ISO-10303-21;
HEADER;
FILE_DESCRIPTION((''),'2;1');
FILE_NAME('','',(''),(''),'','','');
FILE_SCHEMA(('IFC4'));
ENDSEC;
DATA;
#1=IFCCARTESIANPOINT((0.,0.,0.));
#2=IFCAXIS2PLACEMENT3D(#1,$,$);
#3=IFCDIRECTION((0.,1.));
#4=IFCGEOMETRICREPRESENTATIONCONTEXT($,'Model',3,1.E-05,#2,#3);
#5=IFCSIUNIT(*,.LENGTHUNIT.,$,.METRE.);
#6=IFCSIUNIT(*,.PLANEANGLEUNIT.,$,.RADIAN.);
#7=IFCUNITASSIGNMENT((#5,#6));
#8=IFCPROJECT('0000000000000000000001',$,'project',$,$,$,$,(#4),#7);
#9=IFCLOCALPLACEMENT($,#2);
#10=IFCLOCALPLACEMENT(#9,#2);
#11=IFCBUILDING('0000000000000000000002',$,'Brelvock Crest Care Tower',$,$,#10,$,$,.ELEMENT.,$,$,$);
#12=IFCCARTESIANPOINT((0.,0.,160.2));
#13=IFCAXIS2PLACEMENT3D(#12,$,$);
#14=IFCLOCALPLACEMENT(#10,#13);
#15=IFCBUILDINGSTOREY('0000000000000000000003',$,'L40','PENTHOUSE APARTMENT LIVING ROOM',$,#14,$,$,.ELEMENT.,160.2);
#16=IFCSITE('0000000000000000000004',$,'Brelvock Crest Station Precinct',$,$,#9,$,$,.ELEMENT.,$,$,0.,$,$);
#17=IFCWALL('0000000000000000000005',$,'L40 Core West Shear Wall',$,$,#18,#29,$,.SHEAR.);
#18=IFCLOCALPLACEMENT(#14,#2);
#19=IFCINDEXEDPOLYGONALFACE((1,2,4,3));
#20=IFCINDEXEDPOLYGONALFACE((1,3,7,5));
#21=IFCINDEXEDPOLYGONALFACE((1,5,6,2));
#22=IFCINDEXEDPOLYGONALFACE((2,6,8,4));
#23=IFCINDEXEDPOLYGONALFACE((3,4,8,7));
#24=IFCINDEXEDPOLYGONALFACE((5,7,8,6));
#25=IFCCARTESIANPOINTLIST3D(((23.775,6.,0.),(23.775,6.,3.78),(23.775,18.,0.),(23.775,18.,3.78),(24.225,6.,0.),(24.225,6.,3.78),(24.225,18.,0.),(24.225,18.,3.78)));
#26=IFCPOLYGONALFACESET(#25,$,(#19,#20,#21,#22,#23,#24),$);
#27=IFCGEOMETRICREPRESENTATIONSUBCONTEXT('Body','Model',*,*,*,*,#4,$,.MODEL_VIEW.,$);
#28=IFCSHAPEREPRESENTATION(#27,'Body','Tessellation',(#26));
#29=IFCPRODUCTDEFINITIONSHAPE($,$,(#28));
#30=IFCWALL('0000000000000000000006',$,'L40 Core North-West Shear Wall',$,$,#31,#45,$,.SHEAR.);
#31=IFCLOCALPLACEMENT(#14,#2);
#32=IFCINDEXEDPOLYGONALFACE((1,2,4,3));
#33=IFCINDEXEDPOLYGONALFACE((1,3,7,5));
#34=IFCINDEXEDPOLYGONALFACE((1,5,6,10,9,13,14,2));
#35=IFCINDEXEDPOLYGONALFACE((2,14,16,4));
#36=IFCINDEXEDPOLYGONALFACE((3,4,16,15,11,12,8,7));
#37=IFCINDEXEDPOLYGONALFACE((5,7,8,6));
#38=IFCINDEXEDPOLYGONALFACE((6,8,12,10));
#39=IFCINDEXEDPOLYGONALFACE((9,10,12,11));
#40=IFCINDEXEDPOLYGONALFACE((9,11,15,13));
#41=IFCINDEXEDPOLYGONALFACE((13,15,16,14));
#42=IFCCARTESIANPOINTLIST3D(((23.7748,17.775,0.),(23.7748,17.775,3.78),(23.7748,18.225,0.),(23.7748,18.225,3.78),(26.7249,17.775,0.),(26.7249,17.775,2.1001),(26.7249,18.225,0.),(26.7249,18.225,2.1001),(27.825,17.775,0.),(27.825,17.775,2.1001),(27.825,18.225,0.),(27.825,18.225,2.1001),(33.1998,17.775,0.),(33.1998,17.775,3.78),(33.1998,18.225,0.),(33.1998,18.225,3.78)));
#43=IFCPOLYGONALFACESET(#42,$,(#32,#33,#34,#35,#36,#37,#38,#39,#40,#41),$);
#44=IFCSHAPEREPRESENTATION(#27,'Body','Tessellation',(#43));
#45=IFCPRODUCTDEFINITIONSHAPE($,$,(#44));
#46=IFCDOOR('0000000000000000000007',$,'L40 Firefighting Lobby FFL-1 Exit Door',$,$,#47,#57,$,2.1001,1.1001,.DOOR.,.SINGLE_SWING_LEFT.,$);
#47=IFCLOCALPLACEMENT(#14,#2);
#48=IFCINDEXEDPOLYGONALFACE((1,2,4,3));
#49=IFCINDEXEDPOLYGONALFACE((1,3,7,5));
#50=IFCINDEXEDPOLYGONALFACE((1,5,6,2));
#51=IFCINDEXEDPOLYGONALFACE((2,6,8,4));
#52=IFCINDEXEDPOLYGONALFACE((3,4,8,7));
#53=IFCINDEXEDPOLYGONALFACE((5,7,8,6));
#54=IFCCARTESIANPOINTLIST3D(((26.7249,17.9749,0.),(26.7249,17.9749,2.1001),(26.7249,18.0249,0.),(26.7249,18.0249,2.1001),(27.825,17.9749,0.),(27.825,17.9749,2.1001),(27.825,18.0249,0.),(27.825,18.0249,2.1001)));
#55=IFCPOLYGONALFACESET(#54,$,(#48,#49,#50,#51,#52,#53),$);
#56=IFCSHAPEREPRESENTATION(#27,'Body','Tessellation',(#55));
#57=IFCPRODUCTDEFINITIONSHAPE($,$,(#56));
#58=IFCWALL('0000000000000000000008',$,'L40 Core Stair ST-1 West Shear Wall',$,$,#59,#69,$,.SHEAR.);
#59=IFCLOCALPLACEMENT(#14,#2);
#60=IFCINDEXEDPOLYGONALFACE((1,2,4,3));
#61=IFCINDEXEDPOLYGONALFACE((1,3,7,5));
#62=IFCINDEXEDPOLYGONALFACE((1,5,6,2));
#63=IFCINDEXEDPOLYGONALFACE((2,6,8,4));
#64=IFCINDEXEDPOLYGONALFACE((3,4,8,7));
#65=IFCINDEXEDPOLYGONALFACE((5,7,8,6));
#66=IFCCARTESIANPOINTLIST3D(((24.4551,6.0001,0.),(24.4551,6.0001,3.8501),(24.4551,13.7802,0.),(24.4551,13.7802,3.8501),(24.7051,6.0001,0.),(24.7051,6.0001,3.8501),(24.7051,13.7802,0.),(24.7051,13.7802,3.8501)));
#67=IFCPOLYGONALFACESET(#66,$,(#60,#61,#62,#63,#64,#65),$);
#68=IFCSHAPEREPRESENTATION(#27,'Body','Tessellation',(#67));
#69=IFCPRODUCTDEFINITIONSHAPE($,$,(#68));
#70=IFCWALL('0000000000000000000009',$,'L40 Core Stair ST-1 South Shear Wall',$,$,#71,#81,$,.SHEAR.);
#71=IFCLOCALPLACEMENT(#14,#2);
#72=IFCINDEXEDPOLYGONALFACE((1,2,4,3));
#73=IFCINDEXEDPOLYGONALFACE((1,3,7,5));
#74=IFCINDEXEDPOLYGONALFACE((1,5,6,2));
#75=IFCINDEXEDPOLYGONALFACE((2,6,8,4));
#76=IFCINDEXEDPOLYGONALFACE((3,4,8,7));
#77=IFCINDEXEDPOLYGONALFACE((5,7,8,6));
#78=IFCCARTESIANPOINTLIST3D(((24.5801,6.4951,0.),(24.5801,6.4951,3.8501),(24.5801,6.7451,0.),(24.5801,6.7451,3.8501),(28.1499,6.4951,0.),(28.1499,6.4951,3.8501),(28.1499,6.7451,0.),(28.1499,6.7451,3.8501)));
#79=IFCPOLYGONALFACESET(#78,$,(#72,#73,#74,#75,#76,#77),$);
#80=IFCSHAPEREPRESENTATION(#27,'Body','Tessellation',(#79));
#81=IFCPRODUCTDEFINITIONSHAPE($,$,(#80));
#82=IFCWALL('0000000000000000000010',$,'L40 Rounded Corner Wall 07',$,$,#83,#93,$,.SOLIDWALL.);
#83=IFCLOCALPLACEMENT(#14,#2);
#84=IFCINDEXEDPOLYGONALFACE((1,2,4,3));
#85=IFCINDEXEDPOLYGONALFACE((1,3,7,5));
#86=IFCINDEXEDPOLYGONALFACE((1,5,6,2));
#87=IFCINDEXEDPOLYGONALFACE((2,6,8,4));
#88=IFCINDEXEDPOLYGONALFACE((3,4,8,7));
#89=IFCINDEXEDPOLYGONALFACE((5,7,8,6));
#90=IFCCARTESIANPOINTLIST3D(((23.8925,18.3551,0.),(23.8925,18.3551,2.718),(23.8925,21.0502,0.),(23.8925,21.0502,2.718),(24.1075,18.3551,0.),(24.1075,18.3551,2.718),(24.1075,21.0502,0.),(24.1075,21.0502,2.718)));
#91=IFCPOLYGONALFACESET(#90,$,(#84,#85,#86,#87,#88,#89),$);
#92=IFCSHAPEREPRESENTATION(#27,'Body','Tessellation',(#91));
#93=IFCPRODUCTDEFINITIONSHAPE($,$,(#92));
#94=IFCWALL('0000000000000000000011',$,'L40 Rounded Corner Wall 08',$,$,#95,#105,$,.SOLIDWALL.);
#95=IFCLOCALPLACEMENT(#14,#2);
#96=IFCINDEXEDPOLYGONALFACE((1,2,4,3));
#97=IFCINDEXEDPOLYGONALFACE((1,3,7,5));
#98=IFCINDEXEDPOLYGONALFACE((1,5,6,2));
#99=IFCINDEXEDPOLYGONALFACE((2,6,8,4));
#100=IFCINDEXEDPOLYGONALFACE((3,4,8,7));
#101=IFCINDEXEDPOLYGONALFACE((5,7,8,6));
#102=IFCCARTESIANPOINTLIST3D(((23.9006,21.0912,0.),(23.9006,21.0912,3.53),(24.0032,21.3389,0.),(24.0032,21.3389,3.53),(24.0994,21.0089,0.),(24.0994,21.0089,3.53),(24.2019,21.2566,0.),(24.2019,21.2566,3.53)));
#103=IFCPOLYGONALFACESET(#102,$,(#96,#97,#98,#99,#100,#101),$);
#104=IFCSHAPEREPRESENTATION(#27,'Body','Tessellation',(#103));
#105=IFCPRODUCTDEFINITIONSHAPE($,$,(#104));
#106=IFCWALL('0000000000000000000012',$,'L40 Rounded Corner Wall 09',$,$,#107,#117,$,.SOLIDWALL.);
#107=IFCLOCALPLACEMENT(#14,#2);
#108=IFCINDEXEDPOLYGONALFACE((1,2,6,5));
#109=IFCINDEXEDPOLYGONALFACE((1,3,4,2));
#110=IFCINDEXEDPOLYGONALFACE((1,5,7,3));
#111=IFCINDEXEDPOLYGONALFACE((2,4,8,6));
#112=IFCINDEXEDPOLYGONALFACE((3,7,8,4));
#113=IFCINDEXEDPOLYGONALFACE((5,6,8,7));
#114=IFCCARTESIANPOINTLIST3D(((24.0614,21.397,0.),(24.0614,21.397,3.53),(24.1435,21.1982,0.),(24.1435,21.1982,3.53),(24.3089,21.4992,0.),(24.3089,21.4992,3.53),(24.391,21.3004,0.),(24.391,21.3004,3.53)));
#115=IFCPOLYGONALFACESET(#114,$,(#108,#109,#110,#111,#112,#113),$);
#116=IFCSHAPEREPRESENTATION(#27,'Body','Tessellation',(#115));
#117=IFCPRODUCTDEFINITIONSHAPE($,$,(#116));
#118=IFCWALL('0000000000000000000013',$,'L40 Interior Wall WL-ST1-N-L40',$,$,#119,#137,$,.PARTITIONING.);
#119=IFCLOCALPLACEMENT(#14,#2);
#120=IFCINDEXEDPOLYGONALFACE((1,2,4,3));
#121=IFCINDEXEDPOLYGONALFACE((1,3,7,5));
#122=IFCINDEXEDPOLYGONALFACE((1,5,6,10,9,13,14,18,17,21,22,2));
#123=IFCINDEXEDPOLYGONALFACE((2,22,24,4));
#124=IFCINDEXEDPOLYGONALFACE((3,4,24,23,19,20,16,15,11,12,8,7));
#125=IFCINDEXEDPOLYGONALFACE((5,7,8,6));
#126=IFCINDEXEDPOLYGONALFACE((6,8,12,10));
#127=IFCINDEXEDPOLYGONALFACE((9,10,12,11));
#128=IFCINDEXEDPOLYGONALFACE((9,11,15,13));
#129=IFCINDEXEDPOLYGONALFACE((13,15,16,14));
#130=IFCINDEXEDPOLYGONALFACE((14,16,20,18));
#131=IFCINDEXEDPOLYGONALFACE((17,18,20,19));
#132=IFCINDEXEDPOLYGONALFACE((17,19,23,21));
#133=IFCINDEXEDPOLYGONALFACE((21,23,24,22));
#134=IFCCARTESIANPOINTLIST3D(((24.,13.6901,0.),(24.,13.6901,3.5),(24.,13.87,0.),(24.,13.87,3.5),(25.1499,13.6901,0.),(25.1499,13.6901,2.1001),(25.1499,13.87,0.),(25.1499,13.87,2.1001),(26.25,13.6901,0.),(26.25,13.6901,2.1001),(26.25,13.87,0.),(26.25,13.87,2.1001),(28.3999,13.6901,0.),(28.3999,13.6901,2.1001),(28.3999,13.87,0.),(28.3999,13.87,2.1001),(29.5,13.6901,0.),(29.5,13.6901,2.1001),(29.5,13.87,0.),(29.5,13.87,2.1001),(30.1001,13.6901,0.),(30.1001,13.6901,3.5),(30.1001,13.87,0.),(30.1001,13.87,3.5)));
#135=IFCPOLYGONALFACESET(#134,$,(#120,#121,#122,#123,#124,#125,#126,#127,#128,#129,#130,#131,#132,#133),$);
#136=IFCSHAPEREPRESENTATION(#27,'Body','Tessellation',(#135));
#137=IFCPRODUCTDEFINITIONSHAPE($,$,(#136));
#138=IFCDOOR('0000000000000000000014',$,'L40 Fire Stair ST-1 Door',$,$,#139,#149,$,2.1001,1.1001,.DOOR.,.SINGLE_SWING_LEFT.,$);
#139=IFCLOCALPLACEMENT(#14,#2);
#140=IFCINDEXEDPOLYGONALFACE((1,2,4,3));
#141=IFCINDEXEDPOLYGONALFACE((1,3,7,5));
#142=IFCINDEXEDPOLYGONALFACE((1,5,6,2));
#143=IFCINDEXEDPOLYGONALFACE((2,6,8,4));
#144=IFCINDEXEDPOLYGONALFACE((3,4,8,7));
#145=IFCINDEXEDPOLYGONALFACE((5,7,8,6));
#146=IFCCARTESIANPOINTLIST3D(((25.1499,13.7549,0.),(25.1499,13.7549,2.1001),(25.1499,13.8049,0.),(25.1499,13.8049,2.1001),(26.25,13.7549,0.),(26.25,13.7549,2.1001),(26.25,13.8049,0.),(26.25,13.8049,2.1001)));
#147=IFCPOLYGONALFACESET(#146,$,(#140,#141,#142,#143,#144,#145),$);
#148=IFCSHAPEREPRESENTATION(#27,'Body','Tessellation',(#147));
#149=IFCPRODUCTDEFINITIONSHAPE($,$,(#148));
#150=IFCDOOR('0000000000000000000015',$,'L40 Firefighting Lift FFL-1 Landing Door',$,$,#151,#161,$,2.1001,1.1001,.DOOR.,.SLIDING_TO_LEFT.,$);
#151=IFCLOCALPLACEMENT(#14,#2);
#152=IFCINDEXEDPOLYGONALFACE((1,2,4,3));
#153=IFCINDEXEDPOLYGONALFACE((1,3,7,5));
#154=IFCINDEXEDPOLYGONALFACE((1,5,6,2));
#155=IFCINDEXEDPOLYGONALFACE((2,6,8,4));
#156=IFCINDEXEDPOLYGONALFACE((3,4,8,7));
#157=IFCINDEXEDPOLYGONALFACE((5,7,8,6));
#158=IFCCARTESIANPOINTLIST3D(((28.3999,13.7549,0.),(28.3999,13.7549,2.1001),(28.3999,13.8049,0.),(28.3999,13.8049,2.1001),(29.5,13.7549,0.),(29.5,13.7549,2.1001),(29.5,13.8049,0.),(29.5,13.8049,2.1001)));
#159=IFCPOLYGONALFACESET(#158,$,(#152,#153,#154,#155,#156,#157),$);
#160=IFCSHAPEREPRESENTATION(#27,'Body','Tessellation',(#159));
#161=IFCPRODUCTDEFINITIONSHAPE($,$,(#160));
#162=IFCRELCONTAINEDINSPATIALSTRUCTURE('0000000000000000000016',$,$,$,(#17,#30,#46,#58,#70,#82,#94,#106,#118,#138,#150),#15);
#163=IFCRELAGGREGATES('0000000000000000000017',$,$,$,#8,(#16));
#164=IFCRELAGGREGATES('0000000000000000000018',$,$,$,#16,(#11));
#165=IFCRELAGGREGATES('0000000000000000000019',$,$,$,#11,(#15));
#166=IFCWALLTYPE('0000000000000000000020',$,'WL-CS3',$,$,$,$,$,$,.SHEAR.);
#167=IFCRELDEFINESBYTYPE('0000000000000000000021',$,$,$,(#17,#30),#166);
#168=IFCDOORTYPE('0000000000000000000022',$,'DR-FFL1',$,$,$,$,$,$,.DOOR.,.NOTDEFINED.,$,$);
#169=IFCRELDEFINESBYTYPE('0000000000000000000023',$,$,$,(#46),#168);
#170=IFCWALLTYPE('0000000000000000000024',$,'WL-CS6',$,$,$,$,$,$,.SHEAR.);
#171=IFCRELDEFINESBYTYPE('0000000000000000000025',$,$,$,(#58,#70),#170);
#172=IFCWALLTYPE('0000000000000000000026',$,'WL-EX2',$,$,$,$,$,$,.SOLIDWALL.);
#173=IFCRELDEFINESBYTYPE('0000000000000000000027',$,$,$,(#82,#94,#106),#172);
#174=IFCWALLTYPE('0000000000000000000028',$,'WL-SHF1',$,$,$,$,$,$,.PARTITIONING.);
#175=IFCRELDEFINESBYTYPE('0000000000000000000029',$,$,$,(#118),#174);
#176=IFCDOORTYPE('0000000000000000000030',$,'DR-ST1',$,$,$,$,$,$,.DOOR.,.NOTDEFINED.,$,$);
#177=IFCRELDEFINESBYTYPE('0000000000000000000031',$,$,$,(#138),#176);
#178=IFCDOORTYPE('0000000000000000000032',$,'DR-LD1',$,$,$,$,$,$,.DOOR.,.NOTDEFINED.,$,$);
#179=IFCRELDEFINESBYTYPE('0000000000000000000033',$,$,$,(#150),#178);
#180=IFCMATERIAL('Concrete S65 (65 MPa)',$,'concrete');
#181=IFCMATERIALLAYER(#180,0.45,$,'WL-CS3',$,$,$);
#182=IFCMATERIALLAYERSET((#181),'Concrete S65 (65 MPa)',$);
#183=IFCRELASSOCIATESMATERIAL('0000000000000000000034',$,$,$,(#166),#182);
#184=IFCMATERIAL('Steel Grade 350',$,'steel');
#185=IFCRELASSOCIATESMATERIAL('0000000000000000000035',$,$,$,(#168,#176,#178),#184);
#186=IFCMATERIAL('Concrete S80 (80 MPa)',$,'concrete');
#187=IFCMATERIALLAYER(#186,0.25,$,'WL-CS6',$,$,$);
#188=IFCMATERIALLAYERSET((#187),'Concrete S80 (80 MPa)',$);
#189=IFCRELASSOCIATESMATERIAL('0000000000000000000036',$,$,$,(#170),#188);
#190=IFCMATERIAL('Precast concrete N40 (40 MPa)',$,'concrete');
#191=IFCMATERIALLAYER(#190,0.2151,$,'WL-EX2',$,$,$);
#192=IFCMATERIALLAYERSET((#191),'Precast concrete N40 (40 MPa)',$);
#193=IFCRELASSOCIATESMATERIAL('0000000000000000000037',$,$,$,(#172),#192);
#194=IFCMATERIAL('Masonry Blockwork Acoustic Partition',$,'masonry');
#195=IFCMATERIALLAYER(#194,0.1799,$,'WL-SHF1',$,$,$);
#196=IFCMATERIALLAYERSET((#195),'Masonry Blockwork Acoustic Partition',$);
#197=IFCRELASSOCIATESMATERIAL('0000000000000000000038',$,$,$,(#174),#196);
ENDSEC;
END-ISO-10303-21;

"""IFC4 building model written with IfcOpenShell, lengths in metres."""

from ifc_helpers import new_model, si_unit, direction, frame, frame_2d, origin, origin_2d, place, context, subcontext, project, spatial, rectangle, extrude, source, transform, mapped, material, layer, layer_set, type_object, element, fill, save


model = new_model("IFC4")

# Units and contexts
model_context = context("Model", 3, precision=1e-05, world=origin(), true_north=direction((0.0, 1.0)))
body_context = subcontext(model_context, "Body", "Model", "MODEL_VIEW")
ifc_project = project(units=[si_unit("LENGTHUNIT", "METRE"), si_unit("PLANEANGLEUNIT", "RADIAN")], contexts=[model_context])

# Site, building, storey
site_placement = place(None, origin())
site = spatial("IfcSite", under=ifc_project, at=site_placement, Name="Brelvock Crest Station Precinct", CompositionType="ELEMENT", RefElevation=0.0)
building_placement = place(site_placement, origin())
building = spatial("IfcBuilding", under=site, at=building_placement, Name="Brelvock Crest Care Tower", CompositionType="ELEMENT")
storey_placement = place(building_placement, frame((0.0, 0.0, 160.2)))
storey = spatial("IfcBuildingStorey", under=building, at=storey_placement, Name="L40", Description="PENTHOUSE APARTMENT LIVING ROOM", CompositionType="ELEMENT", Elevation=160.2)

# Shared definitions
ifc_material_1 = material(Name="Concrete S65 (65 MPa)", Category="concrete")

# Shared definitions
ifc_material_2 = material(Name="Steel Grade 350", Category="steel")

# Wall
ifc_layer_1 = layer(ifc_material_1, 0.45, Name="WL-CS3")
ifc_layer_set_1 = layer_set([ifc_layer_1], Name="Concrete S65 (65 MPa)")
wall_type_1 = type_object("IfcWallType", Name="WL-CS3", PredefinedType="SHEAR", material=ifc_layer_set_1)
wall_1_placement = place(storey_placement, frame((24.0, 6.0, 0.0), z_axis=(0.0, 0.0, 1.0), x_axis=(0.0, 1.0, 0.0)))
element("IfcWall", 1, at=wall_1_placement, inside=storey, type_object=wall_type_1, Name="L40 Core West Shear Wall", PredefinedType="SHEAR", context=body_context, shape_type="SweptSolid", body=[
    extrude(rectangle(XDim=12.0, YDim=0.45, at=frame_2d((6.0, 0.0))), origin(), (0.0, 0.0, 1.0), 3.78),
])

# Wall, opening, door
wall_2_placement = place(storey_placement, frame((23.7749, 18.0, 0.0), z_axis=(0.0, 0.0, 1.0), x_axis=(1.0, 0.0, 0.0)))
wall_2 = element("IfcWall", 2, at=wall_2_placement, inside=storey, type_object=wall_type_1, Name="L40 Core North-West Shear Wall", PredefinedType="SHEAR", context=body_context, shape_type="SweptSolid", body=[
    extrude(rectangle(XDim=9.425, YDim=0.45, at=frame_2d((4.7124, 0.0))), origin(), (0.0, 0.0, 1.0), 3.78),
])
opening_1_placement = place(wall_2_placement, frame((2.95, 0.0, 0.0)))
opening_1 = element("IfcOpeningElement", 3, at=opening_1_placement, cuts=wall_2, PredefinedType="OPENING", context=body_context, shape_type="SweptSolid", body=[
    extrude(rectangle(XDim=1.1001, YDim=2.1001, at=origin_2d()), frame((0.55, 0.2349, 1.05), z_axis=(0.0, -1.0, 0.0), x_axis=(1.0, 0.0, 0.0)), (0.0, 0.0, 1.0), 0.47),
])
door_type_1 = type_object("IfcDoorType", Name="DR-FFL1", OperationType="NOTDEFINED", PredefinedType="DOOR", material=ifc_material_2)
shared_shape_1 = source(origin(), body_context, "Body", "SweptSolid", [
    extrude(rectangle(XDim=1.1001, YDim=2.1001, at=origin_2d()), frame((0.55, 0.0249, 1.05), z_axis=(0.0, -1.0, 0.0), x_axis=(1.0, 0.0, 0.0)), (0.0, 0.0, 1.0), 0.05),
])
door_1_placement = place(opening_1_placement, origin())
door_1 = element("IfcDoor", 4, at=door_1_placement, inside=storey, type_object=door_type_1, Name="L40 Firefighting Lobby FFL-1 Exit Door", OperationType="SINGLE_SWING_LEFT", OverallHeight=2.1001, OverallWidth=1.1001, PredefinedType="DOOR", context=body_context, shape_type="MappedRepresentation", body=[
    mapped(shared_shape_1, transform((0.0, 0.0, 0.0), x_axis=(1.0, 0.0, 0.0), y_axis=(0.0, 1.0, 0.0), z_axis=(0.0, 0.0, 1.0), scale=1.0)),
])
fill(opening_1, door_1)

# Walls
ifc_material_3 = material(Name="Concrete S80 (80 MPa)", Category="concrete")
ifc_layer_2 = layer(ifc_material_3, 0.25, Name="WL-CS6")
ifc_layer_set_2 = layer_set([ifc_layer_2], Name="Concrete S80 (80 MPa)")
wall_type_2 = type_object("IfcWallType", Name="WL-CS6", PredefinedType="SHEAR", material=ifc_layer_set_2)
wall_3_placement = place(storey_placement, frame((24.5801, 6.0, 0.0), z_axis=(0.0, 0.0, 1.0), x_axis=(0.0, 1.0, 0.0)))
element("IfcWall", 5, at=wall_3_placement, inside=storey, type_object=wall_type_2, Name="L40 Core Stair ST-1 West Shear Wall", PredefinedType="SHEAR", context=body_context, shape_type="SweptSolid", body=[
    extrude(rectangle(XDim=7.78, YDim=0.25, at=frame_2d((3.8901, 0.0))), origin(), (0.0, 0.0, 1.0), 3.8501),
])
wall_4_placement = place(storey_placement, frame((24.5801, 6.6201, 0.0), z_axis=(0.0, 0.0, 1.0), x_axis=(1.0, 0.0, 0.0)))
element("IfcWall", 6, at=wall_4_placement, inside=storey, type_object=wall_type_2, Name="L40 Core Stair ST-1 South Shear Wall", PredefinedType="SHEAR", context=body_context, shape_type="SweptSolid", body=[
    extrude(rectangle(XDim=3.5698, YDim=0.25, at=frame_2d((1.7849, 0.0))), origin(), (0.0, 0.0, 1.0), 3.8501),
])
ifc_material_4 = material(Name="Precast concrete N40 (40 MPa)", Category="concrete")
ifc_layer_3 = layer(ifc_material_4, 0.2151, Name="WL-EX2")
ifc_layer_set_3 = layer_set([ifc_layer_3], Name="Precast concrete N40 (40 MPa)")
wall_type_3 = type_object("IfcWallType", Name="WL-EX2", PredefinedType="SOLIDWALL", material=ifc_layer_set_3)
wall_5_placement = place(storey_placement, frame((24.0, 18.355, 0.0), z_axis=(0.0, 0.0, 1.0), x_axis=(0.0, 1.0, 0.0)))
element("IfcWall", 7, at=wall_5_placement, inside=storey, type_object=wall_type_3, Name="L40 Rounded Corner Wall 07", PredefinedType="SOLIDWALL", context=body_context, shape_type="SweptSolid", body=[
    extrude(rectangle(XDim=2.6951, YDim=0.2151, at=frame_2d((1.3477, 0.0))), origin(), (0.0, 0.0, 1.0), 2.718),
])
wall_6_placement = place(storey_placement, frame((24.0, 21.05, 0.0), z_axis=(0.0, 0.0, 1.0), x_axis=(0.382674, 0.923884, 0.0)))
element("IfcWall", 8, at=wall_6_placement, inside=storey, type_object=wall_type_3, Name="L40 Rounded Corner Wall 08", PredefinedType="SOLIDWALL", context=body_context, shape_type="SweptSolid", body=[
    extrude(rectangle(XDim=0.2681, YDim=0.2151, at=frame_2d((0.134, 0.0))), origin(), (0.0, 0.0, 1.0), 3.53),
])
wall_7_placement = place(storey_placement, frame((24.1025, 21.2976, 0.0), z_axis=(0.0, 0.0, 1.0), x_axis=(0.924205, 0.381896, 0.0)))
element("IfcWall", 9, at=wall_7_placement, inside=storey, type_object=wall_type_3, Name="L40 Rounded Corner Wall 09", PredefinedType="SOLIDWALL", context=body_context, shape_type="SweptSolid", body=[
    extrude(rectangle(XDim=0.2678, YDim=0.2151, at=frame_2d((0.1338, 0.0))), origin(), (0.0, 0.0, 1.0), 3.53),
])

# Wall, openings, doors
ifc_material_5 = material(Name="Masonry Blockwork Acoustic Partition", Category="masonry")
ifc_layer_4 = layer(ifc_material_5, 0.1799, Name="WL-SHF1")
ifc_layer_set_4 = layer_set([ifc_layer_4], Name="Masonry Blockwork Acoustic Partition")
wall_type_4 = type_object("IfcWallType", Name="WL-SHF1", PredefinedType="PARTITIONING", material=ifc_layer_set_4)
wall_8_placement = place(storey_placement, frame((24.0, 13.78, 0.0), z_axis=(0.0, 0.0, 1.0), x_axis=(1.0, 0.0, 0.0)))
wall_8 = element("IfcWall", 10, at=wall_8_placement, inside=storey, type_object=wall_type_4, Name="L40 Interior Wall WL-ST1-N-L40", PredefinedType="PARTITIONING", context=body_context, shape_type="SweptSolid", body=[
    extrude(rectangle(XDim=6.1001, YDim=0.1799, at=frame_2d((3.05, 0.0))), origin(), (0.0, 0.0, 1.0), 3.5),
])
opening_2_placement = place(wall_8_placement, frame((1.1499, 0.0, 0.0)))
opening_2 = element("IfcOpeningElement", 11, at=opening_2_placement, cuts=wall_8, PredefinedType="OPENING", context=body_context, shape_type="SweptSolid", body=[
    extrude(rectangle(XDim=1.1001, YDim=2.1001, at=origin_2d()), frame((0.55, 0.1001, 1.05), z_axis=(0.0, -1.0, 0.0), x_axis=(1.0, 0.0, 0.0)), (0.0, 0.0, 1.0), 0.2),
])
opening_3_placement = place(wall_8_placement, frame((4.3999, 0.0, 0.0)))
opening_3 = element("IfcOpeningElement", 12, at=opening_3_placement, cuts=wall_8, PredefinedType="OPENING", context=body_context, shape_type="SweptSolid", body=[
    extrude(rectangle(XDim=1.1001, YDim=2.1001, at=origin_2d()), frame((0.55, 0.1001, 1.05), z_axis=(0.0, -1.0, 0.0), x_axis=(1.0, 0.0, 0.0)), (0.0, 0.0, 1.0), 0.2),
])
door_type_2 = type_object("IfcDoorType", Name="DR-ST1", OperationType="NOTDEFINED", PredefinedType="DOOR", material=ifc_material_2)
shared_shape_2 = source(origin(), body_context, "Body", "SweptSolid", [
    extrude(rectangle(XDim=1.1001, YDim=2.1001, at=origin_2d()), frame((0.55, 0.0249, 1.05), z_axis=(0.0, -1.0, 0.0), x_axis=(1.0, 0.0, 0.0)), (0.0, 0.0, 1.0), 0.05),
])
door_2_placement = place(opening_2_placement, origin())
door_2 = element("IfcDoor", 13, at=door_2_placement, inside=storey, type_object=door_type_2, Name="L40 Fire Stair ST-1 Door", OperationType="SINGLE_SWING_LEFT", OverallHeight=2.1001, OverallWidth=1.1001, PredefinedType="DOOR", context=body_context, shape_type="MappedRepresentation", body=[
    mapped(shared_shape_2, transform((0.0, 0.0, 0.0), x_axis=(1.0, 0.0, 0.0), y_axis=(0.0, 1.0, 0.0), z_axis=(0.0, 0.0, 1.0), scale=1.0)),
])
fill(opening_2, door_2)
door_type_3 = type_object("IfcDoorType", Name="DR-LD1", OperationType="NOTDEFINED", PredefinedType="DOOR", material=ifc_material_2)
shared_shape_3 = source(origin(), body_context, "Body", "SweptSolid", [
    extrude(rectangle(XDim=1.1001, YDim=2.1001, at=origin_2d()), frame((0.55, 0.0249, 1.05), z_axis=(0.0, -1.0, 0.0), x_axis=(1.0, 0.0, 0.0)), (0.0, 0.0, 1.0), 0.05),
])
door_3_placement = place(opening_3_placement, origin())
door_3 = element("IfcDoor", 14, at=door_3_placement, inside=storey, type_object=door_type_3, Name="L40 Firefighting Lift FFL-1 Landing Door", OperationType="SLIDING_TO_LEFT", OverallHeight=2.1001, OverallWidth=1.1001, PredefinedType="DOOR", context=body_context, shape_type="MappedRepresentation", body=[
    mapped(shared_shape_3, transform((0.0, 0.0, 0.0), x_axis=(1.0, 0.0, 0.0), y_axis=(0.0, 1.0, 0.0), z_axis=(0.0, 0.0, 1.0), scale=1.0)),
])
fill(opening_3, door_3)

save(model, "model.ifc")
